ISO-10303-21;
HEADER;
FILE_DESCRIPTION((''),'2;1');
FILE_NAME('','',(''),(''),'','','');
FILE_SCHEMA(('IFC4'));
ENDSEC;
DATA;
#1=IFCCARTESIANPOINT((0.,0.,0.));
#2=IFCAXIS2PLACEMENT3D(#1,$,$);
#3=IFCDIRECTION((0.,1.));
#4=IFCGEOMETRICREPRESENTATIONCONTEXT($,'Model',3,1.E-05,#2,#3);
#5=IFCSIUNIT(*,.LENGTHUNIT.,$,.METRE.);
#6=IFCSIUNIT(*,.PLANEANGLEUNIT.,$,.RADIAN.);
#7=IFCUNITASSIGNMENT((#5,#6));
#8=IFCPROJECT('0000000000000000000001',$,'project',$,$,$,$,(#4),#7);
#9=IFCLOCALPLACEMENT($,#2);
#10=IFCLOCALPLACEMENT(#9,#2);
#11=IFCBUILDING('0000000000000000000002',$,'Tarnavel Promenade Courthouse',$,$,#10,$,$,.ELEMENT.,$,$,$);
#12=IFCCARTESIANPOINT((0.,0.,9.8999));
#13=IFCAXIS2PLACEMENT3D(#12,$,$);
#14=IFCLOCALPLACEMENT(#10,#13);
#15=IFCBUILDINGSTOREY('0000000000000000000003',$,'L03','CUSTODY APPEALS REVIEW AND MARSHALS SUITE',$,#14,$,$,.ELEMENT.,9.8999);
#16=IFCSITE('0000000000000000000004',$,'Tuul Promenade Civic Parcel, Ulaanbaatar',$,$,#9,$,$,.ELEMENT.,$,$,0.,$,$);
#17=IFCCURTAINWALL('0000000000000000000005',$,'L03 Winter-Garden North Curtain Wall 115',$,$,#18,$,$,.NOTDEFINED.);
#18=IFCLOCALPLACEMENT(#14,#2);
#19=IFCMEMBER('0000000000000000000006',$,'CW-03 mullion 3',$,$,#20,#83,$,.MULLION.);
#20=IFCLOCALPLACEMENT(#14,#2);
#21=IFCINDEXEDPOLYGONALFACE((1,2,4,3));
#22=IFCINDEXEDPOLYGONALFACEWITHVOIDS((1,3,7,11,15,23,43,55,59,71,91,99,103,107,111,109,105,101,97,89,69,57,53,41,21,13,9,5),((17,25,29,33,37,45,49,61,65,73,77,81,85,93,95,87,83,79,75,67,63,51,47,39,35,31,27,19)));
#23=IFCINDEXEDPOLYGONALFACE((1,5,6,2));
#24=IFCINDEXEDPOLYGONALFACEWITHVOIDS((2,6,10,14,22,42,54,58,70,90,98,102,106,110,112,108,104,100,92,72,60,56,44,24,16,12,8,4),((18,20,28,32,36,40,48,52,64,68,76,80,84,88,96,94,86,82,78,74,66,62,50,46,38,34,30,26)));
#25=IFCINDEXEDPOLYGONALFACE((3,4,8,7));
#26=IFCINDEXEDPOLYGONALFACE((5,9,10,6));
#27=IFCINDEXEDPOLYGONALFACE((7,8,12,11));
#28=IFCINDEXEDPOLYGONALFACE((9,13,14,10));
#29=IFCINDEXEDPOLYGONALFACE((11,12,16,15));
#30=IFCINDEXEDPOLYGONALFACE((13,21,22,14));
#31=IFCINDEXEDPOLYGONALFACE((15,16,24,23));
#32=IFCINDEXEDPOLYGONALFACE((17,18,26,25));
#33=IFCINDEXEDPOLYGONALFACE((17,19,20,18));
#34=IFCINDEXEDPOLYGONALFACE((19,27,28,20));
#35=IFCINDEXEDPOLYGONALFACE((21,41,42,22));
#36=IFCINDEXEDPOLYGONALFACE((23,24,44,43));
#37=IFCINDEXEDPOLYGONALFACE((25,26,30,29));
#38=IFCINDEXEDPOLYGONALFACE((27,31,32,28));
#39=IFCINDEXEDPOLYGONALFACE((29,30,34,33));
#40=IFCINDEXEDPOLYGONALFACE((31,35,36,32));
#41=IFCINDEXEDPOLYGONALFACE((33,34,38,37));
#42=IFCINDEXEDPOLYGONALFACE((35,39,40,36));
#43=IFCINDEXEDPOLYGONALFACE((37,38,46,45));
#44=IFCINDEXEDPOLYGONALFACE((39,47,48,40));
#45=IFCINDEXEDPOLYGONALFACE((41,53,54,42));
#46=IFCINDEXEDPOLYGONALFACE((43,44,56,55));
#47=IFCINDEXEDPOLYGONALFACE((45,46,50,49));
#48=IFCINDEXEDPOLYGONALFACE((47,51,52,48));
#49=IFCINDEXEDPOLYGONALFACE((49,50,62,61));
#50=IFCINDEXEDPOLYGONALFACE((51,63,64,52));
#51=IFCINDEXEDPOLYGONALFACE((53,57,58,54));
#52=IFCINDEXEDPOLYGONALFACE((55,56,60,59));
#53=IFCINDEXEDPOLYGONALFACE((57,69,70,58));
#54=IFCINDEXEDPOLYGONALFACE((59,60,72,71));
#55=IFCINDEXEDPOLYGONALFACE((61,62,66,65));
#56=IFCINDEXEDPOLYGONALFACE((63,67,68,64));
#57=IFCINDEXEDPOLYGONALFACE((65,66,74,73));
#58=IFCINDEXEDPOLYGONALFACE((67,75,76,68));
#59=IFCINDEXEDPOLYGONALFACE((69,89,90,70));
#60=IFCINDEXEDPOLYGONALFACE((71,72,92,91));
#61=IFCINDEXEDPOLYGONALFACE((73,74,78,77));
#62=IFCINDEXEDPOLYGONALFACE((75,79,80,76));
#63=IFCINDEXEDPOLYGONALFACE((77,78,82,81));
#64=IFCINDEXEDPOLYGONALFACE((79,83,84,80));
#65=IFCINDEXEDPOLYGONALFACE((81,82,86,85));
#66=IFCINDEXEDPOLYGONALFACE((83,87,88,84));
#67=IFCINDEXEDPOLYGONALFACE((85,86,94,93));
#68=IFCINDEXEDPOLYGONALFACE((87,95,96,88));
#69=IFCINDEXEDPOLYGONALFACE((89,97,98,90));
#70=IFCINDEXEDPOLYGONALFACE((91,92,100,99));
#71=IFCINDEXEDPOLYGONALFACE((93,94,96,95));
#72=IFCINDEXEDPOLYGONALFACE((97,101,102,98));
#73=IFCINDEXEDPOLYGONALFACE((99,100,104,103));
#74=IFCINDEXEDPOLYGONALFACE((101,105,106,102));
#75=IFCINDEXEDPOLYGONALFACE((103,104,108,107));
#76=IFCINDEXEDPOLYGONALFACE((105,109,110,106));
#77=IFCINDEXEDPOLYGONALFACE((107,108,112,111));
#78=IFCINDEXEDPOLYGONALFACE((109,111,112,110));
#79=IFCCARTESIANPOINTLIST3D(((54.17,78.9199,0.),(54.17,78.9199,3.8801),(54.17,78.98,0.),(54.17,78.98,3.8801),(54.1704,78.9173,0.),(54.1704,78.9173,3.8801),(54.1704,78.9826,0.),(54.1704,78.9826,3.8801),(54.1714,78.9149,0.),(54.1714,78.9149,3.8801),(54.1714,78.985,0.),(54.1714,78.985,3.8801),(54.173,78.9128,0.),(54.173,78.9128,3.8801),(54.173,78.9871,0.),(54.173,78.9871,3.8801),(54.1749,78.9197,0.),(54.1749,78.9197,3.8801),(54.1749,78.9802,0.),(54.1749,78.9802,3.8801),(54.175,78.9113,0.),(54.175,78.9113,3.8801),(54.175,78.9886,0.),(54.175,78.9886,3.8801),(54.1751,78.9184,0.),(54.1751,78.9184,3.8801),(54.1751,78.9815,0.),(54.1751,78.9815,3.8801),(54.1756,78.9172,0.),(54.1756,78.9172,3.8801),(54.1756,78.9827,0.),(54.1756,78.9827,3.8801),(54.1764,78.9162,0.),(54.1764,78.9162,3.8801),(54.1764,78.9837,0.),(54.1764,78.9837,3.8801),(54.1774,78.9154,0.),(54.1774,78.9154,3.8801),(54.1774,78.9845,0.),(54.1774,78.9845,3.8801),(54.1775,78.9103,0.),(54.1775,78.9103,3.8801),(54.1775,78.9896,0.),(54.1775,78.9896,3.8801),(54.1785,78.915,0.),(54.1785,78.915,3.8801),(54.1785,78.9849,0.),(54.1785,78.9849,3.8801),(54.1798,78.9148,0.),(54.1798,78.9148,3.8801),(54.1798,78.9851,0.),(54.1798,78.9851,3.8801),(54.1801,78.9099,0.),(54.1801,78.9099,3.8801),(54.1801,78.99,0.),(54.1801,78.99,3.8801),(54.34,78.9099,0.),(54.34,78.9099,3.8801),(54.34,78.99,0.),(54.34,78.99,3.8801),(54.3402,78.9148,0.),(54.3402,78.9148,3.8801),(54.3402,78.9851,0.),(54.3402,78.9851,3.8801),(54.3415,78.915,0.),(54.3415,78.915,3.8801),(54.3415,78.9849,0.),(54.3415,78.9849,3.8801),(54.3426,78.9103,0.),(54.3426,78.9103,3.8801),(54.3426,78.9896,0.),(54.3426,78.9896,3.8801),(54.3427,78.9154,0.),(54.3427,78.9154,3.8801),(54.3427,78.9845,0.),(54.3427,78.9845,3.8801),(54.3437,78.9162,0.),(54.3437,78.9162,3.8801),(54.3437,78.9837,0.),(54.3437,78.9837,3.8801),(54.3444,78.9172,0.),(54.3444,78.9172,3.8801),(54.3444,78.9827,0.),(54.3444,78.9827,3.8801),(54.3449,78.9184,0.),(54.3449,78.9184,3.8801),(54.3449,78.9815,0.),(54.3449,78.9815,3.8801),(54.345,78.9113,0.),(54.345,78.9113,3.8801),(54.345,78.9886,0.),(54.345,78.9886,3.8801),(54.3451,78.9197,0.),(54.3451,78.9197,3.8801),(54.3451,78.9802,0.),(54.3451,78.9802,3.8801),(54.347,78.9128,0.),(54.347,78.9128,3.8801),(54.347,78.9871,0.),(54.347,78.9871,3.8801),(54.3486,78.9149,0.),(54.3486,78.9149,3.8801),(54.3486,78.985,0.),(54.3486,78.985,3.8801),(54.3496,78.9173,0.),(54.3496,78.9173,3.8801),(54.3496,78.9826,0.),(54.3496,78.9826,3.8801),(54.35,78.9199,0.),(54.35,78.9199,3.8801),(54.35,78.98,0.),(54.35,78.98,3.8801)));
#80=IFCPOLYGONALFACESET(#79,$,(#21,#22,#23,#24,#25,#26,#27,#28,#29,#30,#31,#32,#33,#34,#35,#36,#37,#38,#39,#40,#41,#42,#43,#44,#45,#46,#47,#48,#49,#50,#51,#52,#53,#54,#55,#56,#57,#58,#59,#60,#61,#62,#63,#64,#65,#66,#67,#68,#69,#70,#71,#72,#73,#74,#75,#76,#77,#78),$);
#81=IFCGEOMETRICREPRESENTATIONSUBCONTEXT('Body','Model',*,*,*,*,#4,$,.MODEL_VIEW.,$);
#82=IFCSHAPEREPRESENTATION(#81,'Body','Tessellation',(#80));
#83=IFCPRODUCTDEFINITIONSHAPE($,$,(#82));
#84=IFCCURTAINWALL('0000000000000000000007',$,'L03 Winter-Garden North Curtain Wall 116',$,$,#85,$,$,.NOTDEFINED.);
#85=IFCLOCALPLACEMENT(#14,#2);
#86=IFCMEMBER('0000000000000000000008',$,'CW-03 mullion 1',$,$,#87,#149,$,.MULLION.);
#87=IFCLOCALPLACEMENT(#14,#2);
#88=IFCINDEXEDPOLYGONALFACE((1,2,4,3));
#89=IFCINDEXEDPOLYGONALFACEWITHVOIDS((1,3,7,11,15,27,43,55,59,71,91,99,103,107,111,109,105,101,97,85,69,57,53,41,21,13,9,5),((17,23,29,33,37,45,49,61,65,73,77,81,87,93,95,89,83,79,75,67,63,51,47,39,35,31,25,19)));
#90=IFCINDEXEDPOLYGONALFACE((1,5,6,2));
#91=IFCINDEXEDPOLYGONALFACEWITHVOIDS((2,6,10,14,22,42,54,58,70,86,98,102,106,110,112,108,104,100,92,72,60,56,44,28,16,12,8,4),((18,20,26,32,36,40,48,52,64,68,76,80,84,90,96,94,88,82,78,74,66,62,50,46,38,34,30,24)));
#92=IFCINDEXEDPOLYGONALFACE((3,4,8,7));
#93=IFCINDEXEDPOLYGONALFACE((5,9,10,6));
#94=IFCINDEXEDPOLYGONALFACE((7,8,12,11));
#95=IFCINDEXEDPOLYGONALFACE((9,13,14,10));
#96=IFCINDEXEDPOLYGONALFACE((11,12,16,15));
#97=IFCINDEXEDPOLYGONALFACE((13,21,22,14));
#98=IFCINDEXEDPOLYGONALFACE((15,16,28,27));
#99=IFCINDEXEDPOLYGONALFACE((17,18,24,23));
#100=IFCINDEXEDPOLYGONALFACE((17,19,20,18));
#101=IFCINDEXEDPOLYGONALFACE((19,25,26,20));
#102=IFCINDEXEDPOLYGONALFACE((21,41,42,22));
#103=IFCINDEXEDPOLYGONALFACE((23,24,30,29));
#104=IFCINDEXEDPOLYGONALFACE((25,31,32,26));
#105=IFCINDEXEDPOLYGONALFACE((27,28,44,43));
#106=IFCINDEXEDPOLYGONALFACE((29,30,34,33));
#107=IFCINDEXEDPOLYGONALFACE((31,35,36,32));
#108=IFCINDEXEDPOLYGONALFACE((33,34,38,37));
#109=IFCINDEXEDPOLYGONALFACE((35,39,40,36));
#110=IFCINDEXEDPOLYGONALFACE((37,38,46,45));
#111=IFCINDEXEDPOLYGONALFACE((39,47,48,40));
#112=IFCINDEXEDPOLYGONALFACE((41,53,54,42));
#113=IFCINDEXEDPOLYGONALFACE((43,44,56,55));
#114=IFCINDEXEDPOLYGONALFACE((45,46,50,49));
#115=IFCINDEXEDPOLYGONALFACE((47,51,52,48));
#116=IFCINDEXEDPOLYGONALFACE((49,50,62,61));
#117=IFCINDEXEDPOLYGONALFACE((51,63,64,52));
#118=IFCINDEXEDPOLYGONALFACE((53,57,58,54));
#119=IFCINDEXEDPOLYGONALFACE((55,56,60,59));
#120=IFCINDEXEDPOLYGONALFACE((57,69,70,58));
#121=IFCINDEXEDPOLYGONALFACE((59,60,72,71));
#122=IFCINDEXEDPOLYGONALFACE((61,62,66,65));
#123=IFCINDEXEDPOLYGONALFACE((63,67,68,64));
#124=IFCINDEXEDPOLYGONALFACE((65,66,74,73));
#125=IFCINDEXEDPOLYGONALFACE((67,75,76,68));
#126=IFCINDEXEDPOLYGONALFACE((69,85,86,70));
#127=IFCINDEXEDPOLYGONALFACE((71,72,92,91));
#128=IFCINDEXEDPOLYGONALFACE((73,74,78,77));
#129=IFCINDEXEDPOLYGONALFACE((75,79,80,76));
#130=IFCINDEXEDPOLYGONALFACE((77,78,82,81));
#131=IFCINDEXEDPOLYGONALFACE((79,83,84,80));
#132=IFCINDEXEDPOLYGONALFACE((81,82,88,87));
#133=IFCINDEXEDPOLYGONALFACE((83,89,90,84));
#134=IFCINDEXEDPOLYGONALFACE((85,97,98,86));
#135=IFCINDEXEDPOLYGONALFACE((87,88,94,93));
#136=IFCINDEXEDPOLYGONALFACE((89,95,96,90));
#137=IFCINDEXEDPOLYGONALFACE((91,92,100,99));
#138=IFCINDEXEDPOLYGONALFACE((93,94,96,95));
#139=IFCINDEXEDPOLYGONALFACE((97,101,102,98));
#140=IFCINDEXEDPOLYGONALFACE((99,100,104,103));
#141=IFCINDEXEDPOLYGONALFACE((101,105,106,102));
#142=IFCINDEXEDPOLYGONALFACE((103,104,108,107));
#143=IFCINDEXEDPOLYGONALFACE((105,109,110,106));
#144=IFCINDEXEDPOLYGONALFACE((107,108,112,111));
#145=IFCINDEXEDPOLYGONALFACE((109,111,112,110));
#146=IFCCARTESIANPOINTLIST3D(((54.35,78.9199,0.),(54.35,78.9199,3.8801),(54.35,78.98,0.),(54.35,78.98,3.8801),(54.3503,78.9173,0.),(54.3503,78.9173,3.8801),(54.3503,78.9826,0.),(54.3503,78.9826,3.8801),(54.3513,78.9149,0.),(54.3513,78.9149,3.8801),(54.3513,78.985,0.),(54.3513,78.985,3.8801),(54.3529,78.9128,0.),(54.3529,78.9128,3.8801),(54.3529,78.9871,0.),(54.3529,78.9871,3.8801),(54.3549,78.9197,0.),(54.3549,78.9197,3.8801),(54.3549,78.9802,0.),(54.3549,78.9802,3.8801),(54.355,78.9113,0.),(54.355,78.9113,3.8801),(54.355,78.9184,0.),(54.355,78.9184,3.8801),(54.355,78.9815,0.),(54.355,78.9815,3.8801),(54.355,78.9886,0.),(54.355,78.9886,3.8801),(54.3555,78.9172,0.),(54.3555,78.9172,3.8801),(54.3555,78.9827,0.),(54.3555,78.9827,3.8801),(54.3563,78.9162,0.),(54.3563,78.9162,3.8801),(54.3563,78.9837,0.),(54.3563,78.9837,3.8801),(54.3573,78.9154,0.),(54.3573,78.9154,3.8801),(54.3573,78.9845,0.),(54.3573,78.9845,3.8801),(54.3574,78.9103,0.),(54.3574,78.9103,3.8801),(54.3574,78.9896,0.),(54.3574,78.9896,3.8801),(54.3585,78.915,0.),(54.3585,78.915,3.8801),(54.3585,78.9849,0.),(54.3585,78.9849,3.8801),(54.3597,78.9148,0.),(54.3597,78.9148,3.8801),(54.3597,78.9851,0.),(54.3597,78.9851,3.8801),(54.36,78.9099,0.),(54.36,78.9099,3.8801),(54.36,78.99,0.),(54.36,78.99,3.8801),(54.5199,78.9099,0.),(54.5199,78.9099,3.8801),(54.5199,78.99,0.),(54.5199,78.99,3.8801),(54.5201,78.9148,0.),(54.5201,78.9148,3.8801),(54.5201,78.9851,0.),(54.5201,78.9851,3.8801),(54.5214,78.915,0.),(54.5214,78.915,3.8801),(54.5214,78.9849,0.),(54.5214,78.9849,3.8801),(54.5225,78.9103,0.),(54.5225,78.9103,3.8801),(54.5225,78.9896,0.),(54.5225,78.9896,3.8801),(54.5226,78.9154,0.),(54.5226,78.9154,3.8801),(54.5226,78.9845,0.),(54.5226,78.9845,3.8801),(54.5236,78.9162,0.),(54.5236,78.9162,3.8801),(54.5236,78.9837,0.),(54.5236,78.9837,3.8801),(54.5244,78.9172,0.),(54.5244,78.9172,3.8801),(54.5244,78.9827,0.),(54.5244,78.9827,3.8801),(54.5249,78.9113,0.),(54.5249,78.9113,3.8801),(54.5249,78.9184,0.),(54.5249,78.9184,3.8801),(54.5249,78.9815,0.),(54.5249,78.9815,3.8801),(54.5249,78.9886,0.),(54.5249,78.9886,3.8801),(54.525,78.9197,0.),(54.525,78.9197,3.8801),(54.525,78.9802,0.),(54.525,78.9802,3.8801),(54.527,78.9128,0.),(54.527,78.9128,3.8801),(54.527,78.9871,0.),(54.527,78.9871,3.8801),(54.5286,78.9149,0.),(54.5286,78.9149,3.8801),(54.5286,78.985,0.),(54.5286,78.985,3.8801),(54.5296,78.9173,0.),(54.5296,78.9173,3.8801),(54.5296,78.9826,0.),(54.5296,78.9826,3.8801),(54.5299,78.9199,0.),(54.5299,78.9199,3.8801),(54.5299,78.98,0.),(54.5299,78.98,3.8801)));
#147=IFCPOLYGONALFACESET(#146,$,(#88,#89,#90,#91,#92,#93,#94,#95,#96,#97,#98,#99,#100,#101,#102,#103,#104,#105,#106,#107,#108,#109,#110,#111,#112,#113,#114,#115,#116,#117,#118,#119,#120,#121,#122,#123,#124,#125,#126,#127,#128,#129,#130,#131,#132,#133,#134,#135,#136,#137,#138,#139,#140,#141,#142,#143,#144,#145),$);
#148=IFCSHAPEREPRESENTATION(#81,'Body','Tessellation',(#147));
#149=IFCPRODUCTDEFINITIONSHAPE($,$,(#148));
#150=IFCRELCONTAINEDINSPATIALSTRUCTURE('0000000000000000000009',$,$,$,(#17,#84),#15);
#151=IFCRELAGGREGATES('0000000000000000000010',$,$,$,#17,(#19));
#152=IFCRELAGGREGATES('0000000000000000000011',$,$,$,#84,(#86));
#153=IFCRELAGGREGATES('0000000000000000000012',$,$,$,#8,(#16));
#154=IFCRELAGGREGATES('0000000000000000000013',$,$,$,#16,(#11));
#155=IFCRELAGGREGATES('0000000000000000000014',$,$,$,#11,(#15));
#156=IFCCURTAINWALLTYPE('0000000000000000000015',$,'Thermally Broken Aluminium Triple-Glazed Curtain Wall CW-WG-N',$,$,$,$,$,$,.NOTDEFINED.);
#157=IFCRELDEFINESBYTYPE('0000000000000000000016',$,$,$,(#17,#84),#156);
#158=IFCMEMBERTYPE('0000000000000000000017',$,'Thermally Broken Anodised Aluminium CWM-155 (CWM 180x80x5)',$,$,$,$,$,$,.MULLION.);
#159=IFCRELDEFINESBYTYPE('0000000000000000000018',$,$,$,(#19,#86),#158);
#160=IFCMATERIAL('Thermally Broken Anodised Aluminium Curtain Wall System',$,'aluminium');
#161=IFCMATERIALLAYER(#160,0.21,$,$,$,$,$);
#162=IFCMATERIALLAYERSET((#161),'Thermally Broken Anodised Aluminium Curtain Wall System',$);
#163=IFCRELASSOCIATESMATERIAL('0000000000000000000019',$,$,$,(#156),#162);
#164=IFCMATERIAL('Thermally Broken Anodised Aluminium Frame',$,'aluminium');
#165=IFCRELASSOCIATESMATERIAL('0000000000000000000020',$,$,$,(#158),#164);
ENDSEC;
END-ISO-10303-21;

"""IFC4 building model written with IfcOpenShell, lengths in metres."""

from ifc_helpers import new_model, si_unit, direction, frame, origin, origin_2d, place, context, subcontext, project, spatial, hollow_rectangle, extrude, material, layer, layer_set, material_profile, profile_set, type_object, element, aggregate, save


model = new_model("IFC4")

# Units and contexts
model_context = context("Model", 3, precision=1e-05, world=origin(), true_north=direction((0.0, 1.0)))
body_context = subcontext(model_context, "Body", "Model", "MODEL_VIEW")
ifc_project = project(units=[si_unit("LENGTHUNIT", "METRE"), si_unit("PLANEANGLEUNIT", "RADIAN")], contexts=[model_context])

# Site, building, storey
site_placement = place(None, origin())
site = spatial("IfcSite", under=ifc_project, at=site_placement, Name="Tuul Promenade Civic Parcel, Ulaanbaatar", CompositionType="ELEMENT", RefElevation=0.0)
building_placement = place(site_placement, origin())
building = spatial("IfcBuilding", under=site, at=building_placement, Name="Tarnavel Promenade Courthouse", CompositionType="ELEMENT")
storey_placement = place(building_placement, frame((0.0, 0.0, 9.8999)))
storey = spatial("IfcBuildingStorey", under=building, at=storey_placement, Name="L03", Description="CUSTODY APPEALS REVIEW AND MARSHALS SUITE", CompositionType="ELEMENT", Elevation=9.8999)

# Curtain wall, member
ifc_material_1 = material(Name="Thermally Broken Anodised Aluminium Curtain Wall System", Category="aluminium")
ifc_layer_1 = layer(ifc_material_1, 0.21)
ifc_layer_set_1 = layer_set([ifc_layer_1], Name="Thermally Broken Anodised Aluminium Curtain Wall System")
curtain_wall_type = type_object("IfcCurtainWallType", Name="Thermally Broken Aluminium Triple-Glazed Curtain Wall CW-WG-N", PredefinedType="NOTDEFINED", material=ifc_layer_set_1)
curtain_wall_1_placement = place(storey_placement, origin())
curtain_wall_1 = element("IfcCurtainWall", 1, at=curtain_wall_1_placement, inside=storey, type_object=curtain_wall_type, Name="L03 Winter-Garden North Curtain Wall 115", PredefinedType="NOTDEFINED")
ifc_material_2 = material(Name="Thermally Broken Anodised Aluminium Frame", Category="aluminium")
ifc_material_profile_1 = material_profile(ifc_material_2, hollow_rectangle(XDim=0.0801, YDim=0.1799, WallThickness=0.0049, InnerFilletRadius=0.0049, OuterFilletRadius=0.01, at=origin_2d()), Name="CWM 180x80x5")
ifc_profile_set_1 = profile_set([ifc_material_profile_1], Name="Thermally Broken Anodised Aluminium Frame")
member_type_1 = type_object("IfcMemberType", Name="Thermally Broken Anodised Aluminium CWM-155 (CWM 180x80x5)", PredefinedType="MULLION", material=ifc_profile_set_1)
member_1_placement = place(storey_placement, frame((54.26, 78.95, 0.0), z_axis=(0.0, 0.0, 1.0), x_axis=(0.0, 1.0, 0.0)))
member_1 = element("IfcMember", 2, at=member_1_placement, type_object=member_type_1, Name="CW-03 mullion 3", PredefinedType="MULLION", context=body_context, shape_type="SweptSolid", body=[
    extrude(hollow_rectangle(XDim=0.0801, YDim=0.1799, WallThickness=0.0049, InnerFilletRadius=0.0049, OuterFilletRadius=0.01, at=origin_2d()), origin(), (0.0, 0.0, 1.0), 3.8801),
])

# Curtain wall, member
curtain_wall_2_placement = place(storey_placement, origin())
curtain_wall_2 = element("IfcCurtainWall", 3, at=curtain_wall_2_placement, inside=storey, type_object=curtain_wall_type, Name="L03 Winter-Garden North Curtain Wall 116", PredefinedType="NOTDEFINED")
member_2_placement = place(storey_placement, frame((54.4399, 78.95, 0.0), z_axis=(0.0, 0.0, 1.0), x_axis=(0.0, 1.0, 0.0)))
member_2 = element("IfcMember", 4, at=member_2_placement, type_object=member_type_1, Name="CW-03 mullion 1", PredefinedType="MULLION", context=body_context, shape_type="SweptSolid", body=[
    extrude(hollow_rectangle(XDim=0.0801, YDim=0.1799, WallThickness=0.0049, InnerFilletRadius=0.0049, OuterFilletRadius=0.01, at=origin_2d()), origin(), (0.0, 0.0, 1.0), 3.8801),
])

aggregate(curtain_wall_1, [member_1])
aggregate(curtain_wall_2, [member_2])

save(model, "model.ifc")
